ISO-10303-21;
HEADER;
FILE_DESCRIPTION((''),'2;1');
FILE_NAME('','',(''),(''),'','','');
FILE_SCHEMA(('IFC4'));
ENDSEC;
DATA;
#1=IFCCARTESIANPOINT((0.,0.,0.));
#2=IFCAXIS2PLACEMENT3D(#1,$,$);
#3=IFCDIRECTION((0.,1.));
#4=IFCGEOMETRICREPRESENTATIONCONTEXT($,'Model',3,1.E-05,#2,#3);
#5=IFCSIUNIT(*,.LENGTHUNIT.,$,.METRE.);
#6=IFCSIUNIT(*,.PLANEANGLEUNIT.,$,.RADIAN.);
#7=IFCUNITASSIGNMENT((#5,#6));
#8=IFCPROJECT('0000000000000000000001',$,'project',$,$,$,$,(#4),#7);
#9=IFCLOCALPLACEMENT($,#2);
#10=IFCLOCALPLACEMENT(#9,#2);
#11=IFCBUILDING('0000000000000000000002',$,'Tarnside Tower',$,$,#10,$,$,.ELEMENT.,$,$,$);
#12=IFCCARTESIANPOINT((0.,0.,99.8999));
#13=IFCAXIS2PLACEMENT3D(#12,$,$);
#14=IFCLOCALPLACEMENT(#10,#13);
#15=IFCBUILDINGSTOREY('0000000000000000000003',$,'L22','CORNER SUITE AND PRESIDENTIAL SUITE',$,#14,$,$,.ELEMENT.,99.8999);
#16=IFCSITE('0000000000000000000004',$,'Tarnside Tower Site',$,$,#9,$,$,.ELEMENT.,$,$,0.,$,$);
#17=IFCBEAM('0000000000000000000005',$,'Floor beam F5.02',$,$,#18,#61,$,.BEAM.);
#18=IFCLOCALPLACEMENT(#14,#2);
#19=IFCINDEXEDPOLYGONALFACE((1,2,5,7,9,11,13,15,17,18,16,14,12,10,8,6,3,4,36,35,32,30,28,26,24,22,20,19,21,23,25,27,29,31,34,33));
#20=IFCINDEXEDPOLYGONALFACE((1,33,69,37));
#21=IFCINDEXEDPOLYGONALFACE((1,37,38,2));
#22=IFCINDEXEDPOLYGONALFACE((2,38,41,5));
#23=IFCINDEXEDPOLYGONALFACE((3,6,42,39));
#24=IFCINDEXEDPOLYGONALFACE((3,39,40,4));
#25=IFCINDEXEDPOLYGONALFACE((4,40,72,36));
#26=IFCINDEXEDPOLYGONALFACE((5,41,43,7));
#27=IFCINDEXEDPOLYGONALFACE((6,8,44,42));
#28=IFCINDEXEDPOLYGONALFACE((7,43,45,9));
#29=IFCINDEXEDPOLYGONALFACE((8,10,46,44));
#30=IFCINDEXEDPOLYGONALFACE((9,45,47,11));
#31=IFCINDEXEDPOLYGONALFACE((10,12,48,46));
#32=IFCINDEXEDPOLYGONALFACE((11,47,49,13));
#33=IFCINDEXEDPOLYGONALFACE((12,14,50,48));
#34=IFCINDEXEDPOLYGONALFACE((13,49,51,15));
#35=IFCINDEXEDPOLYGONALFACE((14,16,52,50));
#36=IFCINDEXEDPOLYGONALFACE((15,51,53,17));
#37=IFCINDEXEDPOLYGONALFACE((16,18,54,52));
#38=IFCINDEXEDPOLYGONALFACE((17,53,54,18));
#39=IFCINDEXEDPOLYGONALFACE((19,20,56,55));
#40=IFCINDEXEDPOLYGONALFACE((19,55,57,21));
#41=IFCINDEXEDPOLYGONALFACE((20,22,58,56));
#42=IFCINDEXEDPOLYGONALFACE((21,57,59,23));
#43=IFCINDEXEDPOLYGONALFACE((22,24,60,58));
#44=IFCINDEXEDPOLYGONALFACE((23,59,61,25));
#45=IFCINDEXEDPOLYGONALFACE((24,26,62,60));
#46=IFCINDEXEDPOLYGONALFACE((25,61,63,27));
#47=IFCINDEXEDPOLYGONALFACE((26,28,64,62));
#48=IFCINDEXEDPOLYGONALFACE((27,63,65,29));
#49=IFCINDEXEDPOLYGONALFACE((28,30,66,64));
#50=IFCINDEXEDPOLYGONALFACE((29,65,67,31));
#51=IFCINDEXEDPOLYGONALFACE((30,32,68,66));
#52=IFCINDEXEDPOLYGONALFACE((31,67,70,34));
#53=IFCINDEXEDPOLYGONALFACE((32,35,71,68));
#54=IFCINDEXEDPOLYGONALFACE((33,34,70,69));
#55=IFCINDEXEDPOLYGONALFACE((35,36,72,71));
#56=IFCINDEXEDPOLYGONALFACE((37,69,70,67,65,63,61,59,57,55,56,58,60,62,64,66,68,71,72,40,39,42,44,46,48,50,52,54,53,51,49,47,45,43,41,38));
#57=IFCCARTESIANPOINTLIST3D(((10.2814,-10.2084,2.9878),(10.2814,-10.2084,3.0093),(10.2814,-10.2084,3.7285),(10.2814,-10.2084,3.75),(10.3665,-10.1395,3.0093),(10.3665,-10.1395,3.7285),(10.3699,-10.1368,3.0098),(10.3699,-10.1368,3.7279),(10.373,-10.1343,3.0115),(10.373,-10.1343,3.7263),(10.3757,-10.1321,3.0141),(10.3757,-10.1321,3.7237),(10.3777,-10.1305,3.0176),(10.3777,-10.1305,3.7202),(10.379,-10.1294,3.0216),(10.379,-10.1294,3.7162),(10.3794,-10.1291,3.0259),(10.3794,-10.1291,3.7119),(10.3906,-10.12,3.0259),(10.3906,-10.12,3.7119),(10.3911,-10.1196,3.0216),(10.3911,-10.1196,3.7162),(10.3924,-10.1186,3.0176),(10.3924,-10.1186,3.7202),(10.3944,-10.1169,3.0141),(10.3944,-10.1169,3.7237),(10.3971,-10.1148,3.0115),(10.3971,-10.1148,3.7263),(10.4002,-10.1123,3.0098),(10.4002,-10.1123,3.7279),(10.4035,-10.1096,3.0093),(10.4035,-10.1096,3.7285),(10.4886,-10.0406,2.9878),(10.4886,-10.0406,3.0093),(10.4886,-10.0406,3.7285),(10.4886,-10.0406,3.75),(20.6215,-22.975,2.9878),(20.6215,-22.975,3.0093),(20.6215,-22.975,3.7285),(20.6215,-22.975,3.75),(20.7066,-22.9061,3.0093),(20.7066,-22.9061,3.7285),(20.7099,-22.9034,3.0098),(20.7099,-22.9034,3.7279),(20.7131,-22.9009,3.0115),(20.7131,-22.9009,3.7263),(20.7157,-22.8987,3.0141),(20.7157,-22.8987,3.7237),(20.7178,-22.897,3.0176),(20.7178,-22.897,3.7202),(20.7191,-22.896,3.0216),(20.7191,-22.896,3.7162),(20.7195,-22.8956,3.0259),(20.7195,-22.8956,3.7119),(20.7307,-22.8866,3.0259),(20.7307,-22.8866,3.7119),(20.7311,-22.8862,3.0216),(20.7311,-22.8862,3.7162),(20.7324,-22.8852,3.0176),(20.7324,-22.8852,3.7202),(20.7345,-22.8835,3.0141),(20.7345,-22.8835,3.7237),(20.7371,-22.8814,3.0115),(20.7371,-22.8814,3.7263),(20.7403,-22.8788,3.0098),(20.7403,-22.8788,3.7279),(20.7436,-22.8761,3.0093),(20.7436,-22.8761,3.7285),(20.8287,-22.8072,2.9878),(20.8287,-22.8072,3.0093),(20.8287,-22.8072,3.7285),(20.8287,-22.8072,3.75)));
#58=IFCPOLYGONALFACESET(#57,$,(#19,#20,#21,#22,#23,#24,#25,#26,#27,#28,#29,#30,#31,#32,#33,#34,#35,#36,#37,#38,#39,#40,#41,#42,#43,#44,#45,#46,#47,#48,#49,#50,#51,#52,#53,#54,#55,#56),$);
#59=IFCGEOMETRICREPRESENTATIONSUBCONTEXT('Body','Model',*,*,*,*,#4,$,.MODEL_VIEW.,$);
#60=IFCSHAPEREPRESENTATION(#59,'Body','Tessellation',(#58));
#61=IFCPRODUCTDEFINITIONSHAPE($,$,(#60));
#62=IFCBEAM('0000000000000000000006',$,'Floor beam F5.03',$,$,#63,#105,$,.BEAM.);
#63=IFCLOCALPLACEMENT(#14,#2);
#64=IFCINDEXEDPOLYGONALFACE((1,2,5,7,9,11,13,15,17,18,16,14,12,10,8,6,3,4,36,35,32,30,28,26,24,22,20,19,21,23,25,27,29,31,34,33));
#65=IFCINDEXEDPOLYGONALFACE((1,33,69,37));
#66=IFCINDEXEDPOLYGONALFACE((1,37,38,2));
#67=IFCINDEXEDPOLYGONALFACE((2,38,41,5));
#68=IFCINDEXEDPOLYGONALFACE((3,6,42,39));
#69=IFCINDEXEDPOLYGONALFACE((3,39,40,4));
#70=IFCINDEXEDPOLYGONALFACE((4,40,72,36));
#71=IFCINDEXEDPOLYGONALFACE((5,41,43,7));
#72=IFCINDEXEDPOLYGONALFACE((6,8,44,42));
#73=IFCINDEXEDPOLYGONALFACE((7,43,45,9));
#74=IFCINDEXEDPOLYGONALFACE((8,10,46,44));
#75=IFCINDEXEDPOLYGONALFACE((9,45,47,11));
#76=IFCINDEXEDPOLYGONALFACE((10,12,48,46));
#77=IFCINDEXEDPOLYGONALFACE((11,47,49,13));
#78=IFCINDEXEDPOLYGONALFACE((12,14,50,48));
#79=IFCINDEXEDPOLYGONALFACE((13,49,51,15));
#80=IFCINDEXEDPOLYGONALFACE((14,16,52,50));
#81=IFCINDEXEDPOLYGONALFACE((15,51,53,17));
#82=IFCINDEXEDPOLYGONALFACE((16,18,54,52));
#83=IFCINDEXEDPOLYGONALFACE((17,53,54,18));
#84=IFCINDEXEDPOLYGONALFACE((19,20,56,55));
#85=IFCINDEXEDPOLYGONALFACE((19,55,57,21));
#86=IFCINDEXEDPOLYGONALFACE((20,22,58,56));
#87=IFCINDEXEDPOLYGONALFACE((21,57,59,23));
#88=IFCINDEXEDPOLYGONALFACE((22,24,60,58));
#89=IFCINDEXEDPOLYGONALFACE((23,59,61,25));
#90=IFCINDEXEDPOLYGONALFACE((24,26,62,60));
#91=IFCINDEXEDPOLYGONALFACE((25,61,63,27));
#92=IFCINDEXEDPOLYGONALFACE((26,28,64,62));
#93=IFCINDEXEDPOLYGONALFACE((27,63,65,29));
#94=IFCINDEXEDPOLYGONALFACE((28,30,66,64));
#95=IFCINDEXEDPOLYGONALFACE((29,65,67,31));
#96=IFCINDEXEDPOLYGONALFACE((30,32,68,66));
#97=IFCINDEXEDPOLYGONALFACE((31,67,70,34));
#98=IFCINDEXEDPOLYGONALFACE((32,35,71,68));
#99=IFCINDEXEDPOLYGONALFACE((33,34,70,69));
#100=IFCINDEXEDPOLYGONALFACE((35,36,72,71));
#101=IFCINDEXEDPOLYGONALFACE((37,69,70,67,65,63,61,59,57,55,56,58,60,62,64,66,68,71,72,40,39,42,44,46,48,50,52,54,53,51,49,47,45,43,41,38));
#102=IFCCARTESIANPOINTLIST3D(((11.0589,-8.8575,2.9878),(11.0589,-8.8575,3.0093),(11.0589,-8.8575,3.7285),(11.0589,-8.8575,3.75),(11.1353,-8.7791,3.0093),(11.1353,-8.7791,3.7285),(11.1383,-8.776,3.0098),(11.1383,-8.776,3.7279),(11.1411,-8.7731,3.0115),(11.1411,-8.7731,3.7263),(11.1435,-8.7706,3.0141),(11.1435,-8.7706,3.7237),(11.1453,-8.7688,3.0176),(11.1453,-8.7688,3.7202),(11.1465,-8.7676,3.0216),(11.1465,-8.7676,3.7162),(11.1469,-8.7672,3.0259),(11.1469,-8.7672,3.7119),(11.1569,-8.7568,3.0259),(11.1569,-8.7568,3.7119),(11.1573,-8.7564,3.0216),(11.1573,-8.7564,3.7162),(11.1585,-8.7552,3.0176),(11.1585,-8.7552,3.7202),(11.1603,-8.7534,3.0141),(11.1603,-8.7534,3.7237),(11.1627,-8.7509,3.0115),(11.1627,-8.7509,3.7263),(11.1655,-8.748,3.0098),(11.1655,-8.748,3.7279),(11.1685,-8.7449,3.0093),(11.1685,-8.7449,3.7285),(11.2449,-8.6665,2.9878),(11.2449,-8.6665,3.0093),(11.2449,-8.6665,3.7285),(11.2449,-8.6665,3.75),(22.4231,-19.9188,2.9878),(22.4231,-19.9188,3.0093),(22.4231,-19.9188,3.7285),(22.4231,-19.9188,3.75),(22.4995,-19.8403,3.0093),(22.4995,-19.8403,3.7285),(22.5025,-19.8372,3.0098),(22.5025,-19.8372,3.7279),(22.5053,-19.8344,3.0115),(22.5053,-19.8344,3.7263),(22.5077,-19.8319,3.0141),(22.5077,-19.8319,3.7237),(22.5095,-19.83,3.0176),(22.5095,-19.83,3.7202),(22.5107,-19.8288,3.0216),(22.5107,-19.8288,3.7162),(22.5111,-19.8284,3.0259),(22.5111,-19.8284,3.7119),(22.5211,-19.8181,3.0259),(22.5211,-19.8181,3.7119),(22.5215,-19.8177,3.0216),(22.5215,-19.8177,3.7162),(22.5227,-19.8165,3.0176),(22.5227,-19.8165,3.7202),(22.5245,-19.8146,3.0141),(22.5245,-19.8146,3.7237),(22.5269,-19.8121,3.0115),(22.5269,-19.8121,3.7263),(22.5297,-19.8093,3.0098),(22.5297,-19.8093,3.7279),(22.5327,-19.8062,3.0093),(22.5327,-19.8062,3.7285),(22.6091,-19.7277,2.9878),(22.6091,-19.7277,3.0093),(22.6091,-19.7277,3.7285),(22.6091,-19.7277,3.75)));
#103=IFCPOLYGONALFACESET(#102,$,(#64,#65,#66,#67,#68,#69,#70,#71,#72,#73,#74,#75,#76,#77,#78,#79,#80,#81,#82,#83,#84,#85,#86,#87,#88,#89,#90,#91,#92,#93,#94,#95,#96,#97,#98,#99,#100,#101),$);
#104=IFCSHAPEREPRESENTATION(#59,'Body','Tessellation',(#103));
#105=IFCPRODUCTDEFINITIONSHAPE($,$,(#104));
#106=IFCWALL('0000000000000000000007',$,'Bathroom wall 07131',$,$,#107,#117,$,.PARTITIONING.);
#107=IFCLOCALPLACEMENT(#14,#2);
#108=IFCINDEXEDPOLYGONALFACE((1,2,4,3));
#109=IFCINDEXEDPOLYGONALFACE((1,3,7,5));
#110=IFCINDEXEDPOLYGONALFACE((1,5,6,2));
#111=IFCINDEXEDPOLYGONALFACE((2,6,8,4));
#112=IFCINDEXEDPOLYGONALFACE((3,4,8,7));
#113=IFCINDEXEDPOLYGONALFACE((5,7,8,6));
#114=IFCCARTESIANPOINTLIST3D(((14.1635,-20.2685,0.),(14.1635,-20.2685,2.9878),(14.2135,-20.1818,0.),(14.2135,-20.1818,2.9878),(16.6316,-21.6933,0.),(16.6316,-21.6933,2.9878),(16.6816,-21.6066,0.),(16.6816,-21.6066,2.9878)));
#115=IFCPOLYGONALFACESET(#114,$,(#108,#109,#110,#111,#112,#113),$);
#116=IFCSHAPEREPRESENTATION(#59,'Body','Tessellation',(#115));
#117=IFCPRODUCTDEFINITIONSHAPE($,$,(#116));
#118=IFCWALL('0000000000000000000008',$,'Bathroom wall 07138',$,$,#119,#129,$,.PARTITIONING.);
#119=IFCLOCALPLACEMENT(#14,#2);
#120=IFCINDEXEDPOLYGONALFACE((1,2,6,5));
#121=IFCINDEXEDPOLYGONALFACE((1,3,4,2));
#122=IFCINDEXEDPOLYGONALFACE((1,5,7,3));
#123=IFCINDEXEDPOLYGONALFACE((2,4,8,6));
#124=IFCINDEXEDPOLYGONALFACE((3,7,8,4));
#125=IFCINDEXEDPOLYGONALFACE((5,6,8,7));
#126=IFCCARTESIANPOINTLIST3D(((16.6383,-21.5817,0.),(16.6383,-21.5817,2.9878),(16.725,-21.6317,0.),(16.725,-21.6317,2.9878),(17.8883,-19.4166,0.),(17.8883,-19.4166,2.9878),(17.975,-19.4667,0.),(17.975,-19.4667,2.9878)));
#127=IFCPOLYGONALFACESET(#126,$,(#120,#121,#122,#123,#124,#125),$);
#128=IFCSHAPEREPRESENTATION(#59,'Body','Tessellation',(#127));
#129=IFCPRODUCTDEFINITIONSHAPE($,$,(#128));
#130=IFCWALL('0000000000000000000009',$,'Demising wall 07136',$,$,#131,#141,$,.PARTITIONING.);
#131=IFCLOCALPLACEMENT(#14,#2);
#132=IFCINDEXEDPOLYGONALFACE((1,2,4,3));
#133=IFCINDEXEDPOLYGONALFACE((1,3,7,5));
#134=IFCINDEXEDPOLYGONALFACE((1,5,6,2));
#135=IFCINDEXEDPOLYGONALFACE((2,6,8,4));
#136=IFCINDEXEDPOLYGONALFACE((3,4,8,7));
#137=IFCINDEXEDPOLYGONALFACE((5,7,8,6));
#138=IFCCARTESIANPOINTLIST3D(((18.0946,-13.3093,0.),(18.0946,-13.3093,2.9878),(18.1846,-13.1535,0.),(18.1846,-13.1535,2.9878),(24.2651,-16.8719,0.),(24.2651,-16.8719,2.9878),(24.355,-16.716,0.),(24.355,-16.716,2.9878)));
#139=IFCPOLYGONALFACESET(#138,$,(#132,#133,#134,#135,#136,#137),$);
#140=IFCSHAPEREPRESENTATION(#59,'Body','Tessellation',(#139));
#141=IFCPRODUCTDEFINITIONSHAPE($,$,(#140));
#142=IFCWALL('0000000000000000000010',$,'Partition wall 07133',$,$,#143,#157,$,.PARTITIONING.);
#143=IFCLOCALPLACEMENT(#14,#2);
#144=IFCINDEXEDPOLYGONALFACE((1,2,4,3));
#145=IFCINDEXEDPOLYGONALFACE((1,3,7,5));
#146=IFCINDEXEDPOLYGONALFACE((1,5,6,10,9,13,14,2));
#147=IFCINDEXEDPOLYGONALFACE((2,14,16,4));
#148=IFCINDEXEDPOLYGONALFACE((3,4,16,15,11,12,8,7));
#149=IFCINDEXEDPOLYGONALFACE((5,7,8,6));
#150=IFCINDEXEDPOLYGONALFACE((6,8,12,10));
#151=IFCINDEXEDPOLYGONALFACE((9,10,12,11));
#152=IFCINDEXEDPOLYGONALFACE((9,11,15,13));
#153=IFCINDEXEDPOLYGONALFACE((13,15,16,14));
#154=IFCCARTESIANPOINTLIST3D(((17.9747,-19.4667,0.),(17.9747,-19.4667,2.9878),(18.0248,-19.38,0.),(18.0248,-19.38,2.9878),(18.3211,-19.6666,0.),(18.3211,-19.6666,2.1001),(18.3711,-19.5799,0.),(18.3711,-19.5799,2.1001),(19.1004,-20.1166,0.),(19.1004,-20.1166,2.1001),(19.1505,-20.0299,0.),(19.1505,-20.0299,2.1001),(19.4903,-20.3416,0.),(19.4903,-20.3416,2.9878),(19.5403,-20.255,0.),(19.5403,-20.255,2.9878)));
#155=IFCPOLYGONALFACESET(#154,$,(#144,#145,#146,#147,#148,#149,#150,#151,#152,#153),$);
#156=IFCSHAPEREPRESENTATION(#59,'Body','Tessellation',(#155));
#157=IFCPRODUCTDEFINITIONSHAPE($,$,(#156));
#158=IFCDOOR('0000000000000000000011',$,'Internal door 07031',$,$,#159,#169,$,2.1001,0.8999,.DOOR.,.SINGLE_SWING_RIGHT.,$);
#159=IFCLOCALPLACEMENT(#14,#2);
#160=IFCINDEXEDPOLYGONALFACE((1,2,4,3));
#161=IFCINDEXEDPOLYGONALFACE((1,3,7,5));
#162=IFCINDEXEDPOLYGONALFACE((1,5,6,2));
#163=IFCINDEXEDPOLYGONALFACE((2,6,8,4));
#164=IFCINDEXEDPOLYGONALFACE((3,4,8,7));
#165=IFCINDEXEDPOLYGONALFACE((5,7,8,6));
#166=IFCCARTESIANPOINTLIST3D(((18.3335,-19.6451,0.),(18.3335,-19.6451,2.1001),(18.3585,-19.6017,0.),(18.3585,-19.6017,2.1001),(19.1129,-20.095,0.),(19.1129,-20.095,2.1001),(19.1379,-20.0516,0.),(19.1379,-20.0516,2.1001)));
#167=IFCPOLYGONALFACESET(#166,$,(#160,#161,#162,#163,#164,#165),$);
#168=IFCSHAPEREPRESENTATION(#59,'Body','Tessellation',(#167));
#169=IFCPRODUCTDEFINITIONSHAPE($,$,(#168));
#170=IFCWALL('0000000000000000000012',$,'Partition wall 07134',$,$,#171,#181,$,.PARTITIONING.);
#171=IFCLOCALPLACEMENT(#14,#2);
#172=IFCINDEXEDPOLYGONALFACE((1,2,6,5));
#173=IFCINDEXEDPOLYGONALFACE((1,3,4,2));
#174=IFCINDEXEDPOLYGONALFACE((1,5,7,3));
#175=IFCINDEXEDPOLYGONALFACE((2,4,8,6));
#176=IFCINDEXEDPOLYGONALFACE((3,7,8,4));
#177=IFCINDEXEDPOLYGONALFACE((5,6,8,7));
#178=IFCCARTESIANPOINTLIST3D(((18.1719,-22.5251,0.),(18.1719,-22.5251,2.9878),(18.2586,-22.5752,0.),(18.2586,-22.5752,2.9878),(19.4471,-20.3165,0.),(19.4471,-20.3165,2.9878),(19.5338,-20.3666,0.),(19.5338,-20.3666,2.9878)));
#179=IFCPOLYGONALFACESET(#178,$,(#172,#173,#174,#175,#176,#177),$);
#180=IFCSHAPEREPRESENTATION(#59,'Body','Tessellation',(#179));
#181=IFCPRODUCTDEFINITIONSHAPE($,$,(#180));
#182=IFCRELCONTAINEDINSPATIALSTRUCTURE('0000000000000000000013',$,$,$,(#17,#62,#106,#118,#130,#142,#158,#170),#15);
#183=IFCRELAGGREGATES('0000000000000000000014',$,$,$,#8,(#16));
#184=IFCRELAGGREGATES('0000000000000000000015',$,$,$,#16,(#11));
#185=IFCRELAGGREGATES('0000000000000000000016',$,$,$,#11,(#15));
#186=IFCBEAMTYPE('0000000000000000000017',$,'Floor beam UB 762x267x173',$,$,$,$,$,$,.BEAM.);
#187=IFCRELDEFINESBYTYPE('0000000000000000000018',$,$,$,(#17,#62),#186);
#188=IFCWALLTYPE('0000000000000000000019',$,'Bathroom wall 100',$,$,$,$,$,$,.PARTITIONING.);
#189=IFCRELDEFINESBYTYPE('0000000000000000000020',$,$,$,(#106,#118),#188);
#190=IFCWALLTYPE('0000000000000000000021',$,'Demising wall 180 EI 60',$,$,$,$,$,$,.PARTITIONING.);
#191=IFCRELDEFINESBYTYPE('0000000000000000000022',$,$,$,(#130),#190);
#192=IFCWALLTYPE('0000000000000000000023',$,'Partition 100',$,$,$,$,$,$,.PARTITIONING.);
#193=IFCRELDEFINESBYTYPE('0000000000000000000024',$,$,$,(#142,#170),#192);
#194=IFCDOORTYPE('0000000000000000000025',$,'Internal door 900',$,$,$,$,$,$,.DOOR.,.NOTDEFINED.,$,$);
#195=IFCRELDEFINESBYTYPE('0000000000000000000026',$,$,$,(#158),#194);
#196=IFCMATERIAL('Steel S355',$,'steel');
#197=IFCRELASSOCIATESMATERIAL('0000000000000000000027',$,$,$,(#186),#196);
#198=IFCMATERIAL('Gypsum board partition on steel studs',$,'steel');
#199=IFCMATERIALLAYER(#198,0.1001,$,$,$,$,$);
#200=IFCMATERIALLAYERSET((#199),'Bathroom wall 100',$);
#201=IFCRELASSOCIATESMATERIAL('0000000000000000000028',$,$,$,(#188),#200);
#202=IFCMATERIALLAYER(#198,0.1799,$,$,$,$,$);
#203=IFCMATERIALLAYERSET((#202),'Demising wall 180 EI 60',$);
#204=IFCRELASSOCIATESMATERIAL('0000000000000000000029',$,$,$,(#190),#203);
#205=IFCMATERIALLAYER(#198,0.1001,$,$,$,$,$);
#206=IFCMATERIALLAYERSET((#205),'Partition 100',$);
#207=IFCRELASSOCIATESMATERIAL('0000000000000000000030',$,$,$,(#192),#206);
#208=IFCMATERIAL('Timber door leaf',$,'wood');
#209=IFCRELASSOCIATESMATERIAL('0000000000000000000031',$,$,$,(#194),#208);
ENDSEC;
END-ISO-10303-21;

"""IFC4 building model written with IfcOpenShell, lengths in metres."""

from ifc_helpers import new_model, si_unit, direction, frame, frame_2d, origin, origin_2d, place, context, subcontext, project, spatial, rectangle, i_section, extrude, material, layer, layer_set, material_profile, profile_set, type_object, element, fill, save


model = new_model("IFC4")

# Units and contexts
model_context = context("Model", 3, precision=1e-05, world=origin(), true_north=direction((0.0, 1.0)))
body_context = subcontext(model_context, "Body", "Model", "MODEL_VIEW")
ifc_project = project(units=[si_unit("LENGTHUNIT", "METRE"), si_unit("PLANEANGLEUNIT", "RADIAN")], contexts=[model_context])

# Site, building, storey
site_placement = place(None, origin())
site = spatial("IfcSite", under=ifc_project, at=site_placement, Name="Tarnside Tower Site", CompositionType="ELEMENT", RefElevation=0.0)
building_placement = place(site_placement, origin())
building = spatial("IfcBuilding", under=site, at=building_placement, Name="Tarnside Tower", CompositionType="ELEMENT")
storey_placement = place(building_placement, frame((0.0, 0.0, 99.8999)))
storey = spatial("IfcBuildingStorey", under=building, at=storey_placement, Name="L22", Description="CORNER SUITE AND PRESIDENTIAL SUITE", CompositionType="ELEMENT", Elevation=99.8999)

# Beams
ifc_material_1 = material(Name="Steel S355", Category="steel")
ifc_material_profile = material_profile(ifc_material_1, i_section(OverallWidth=0.2666, OverallDepth=0.7622, WebThickness=0.0144, FlangeThickness=0.0215, FilletRadius=0.0166, at=origin_2d()), Name="UB 762x267x173")
ifc_profile_set = profile_set([ifc_material_profile], Name="Steel S355")
beam_type = type_object("IfcBeamType", Name="Floor beam UB 762x267x173", PredefinedType="BEAM", material=ifc_profile_set)
beam_1_placement = place(storey_placement, frame((20.7251, -22.8911, 3.3689), z_axis=(-0.62939, 0.777089, 0.0), x_axis=(-0.777089, -0.62939, 0.0)))
element("IfcBeam", 1, at=beam_1_placement, inside=storey, type_object=beam_type, Name="Floor beam F5.02", PredefinedType="BEAM", context=body_context, shape_type="SweptSolid", body=[
    extrude(i_section(OverallWidth=0.2666, OverallDepth=0.7622, WebThickness=0.0144, FlangeThickness=0.0215, FilletRadius=0.0166, at=origin_2d()), origin(), (0.0, 0.0, 1.0), 16.4287),
])
beam_2_placement = place(storey_placement, frame((22.5161, -19.8232, 3.3689), z_axis=(-0.716595, 0.69749, 0.0), x_axis=(-0.69749, -0.716595, 0.0)))
element("IfcBeam", 2, at=beam_2_placement, inside=storey, type_object=beam_type, Name="Floor beam F5.03", PredefinedType="BEAM", context=body_context, shape_type="SweptSolid", body=[
    extrude(i_section(OverallWidth=0.2666, OverallDepth=0.7622, WebThickness=0.0144, FlangeThickness=0.0215, FilletRadius=0.0166, at=origin_2d()), origin(), (0.0, 0.0, 1.0), 15.8586),
])

# Walls
ifc_material_2 = material(Name="Gypsum board partition on steel studs", Category="steel")
ifc_layer_1 = layer(ifc_material_2, 0.1001)
ifc_layer_set_1 = layer_set([ifc_layer_1], Name="Bathroom wall 100")
wall_type_1 = type_object("IfcWallType", Name="Bathroom wall 100", PredefinedType="PARTITIONING", material=ifc_layer_set_1)
wall_1_placement = place(storey_placement, frame((16.6565, -21.6499, 0.0), z_axis=(0.0, 0.0, 1.0), x_axis=(-0.866041, 0.499972, 0.0)))
element("IfcWall", 3, at=wall_1_placement, inside=storey, type_object=wall_type_1, Name="Bathroom wall 07131", PredefinedType="PARTITIONING", context=body_context, shape_type="SweptSolid", body=[
    extrude(rectangle(XDim=2.8499, YDim=0.1001, at=frame_2d((1.4248, 0.0))), origin(), (0.0, 0.0, 1.0), 2.9878),
])
wall_2_placement = place(storey_placement, frame((16.6816, -21.6067, 0.0), z_axis=(0.0, 0.0, 1.0), x_axis=(0.500004, 0.866023, 0.0)))
element("IfcWall", 4, at=wall_2_placement, inside=storey, type_object=wall_type_1, Name="Bathroom wall 07138", PredefinedType="PARTITIONING", context=body_context, shape_type="SweptSolid", body=[
    extrude(rectangle(XDim=2.5, YDim=0.1001, at=frame_2d((1.25, 0.0))), origin(), (0.0, 0.0, 1.0), 2.9878),
])
ifc_layer_2 = layer(ifc_material_2, 0.1799)
ifc_layer_set_2 = layer_set([ifc_layer_2], Name="Demising wall 180 EI 60")
wall_type_2 = type_object("IfcWallType", Name="Demising wall 180 EI 60", PredefinedType="PARTITIONING", material=ifc_layer_set_2)
wall_3_placement = place(storey_placement, frame((24.3101, -16.7939, 0.0), z_axis=(0.0, 0.0, 1.0), x_axis=(-0.866025, 0.500001, 0.0)))
element("IfcWall", 5, at=wall_3_placement, inside=storey, type_object=wall_type_2, Name="Demising wall 07136", PredefinedType="PARTITIONING", context=body_context, shape_type="SweptSolid", body=[
    extrude(rectangle(XDim=7.125, YDim=0.1799, at=frame_2d((3.5625, 0.0))), origin(), (0.0, 0.0, 1.0), 2.9878),
])

# Wall, opening, door
ifc_layer_3 = layer(ifc_material_2, 0.1001)
ifc_layer_set_3 = layer_set([ifc_layer_3], Name="Partition 100")
wall_type_3 = type_object("IfcWallType", Name="Partition 100", PredefinedType="PARTITIONING", material=ifc_layer_set_3)
wall_4_placement = place(storey_placement, frame((17.9998, -19.4233, 0.0), z_axis=(0.0, 0.0, 1.0), x_axis=(0.866037, -0.49998, 0.0)))
wall_4 = element("IfcWall", 6, at=wall_4_placement, inside=storey, type_object=wall_type_3, Name="Partition wall 07133", PredefinedType="PARTITIONING", context=body_context, shape_type="SweptSolid", body=[
    extrude(rectangle(XDim=1.75, YDim=0.1001, at=frame_2d((0.875, 0.0))), origin(), (0.0, 0.0, 1.0), 2.9878),
])
opening_placement = place(wall_4_placement, frame((0.3999, 0.0, 0.0)))
opening = element("IfcOpeningElement", 7, at=opening_placement, cuts=wall_4, PredefinedType="OPENING", context=body_context, shape_type="SweptSolid", body=[
    extrude(rectangle(XDim=0.8999, YDim=2.1001, at=frame_2d((0.45, 1.05))), frame((0.0, 0.0601, 0.0), z_axis=(0.0, -1.0, 0.0), x_axis=(1.0, 0.0, 0.0)), (0.0, 0.0, 1.0), 0.1201),
])
ifc_material_3 = material(Name="Timber door leaf", Category="wood")
door_type = type_object("IfcDoorType", Name="Internal door 900", OperationType="NOTDEFINED", PredefinedType="DOOR", material=ifc_material_3)
door_placement = place(opening_placement, origin())
door = element("IfcDoor", 8, at=door_placement, inside=storey, type_object=door_type, Name="Internal door 07031", OperationType="SINGLE_SWING_RIGHT", OverallHeight=2.1001, OverallWidth=0.8999, PredefinedType="DOOR", context=body_context, shape_type="SweptSolid", body=[
    extrude(rectangle(XDim=0.8999, YDim=2.1001, at=frame_2d((0.45, 1.05))), frame((0.0, 0.0249, 0.0), z_axis=(0.0, -1.0, 0.0), x_axis=(1.0, 0.0, 0.0)), (0.0, 0.0, 1.0), 0.05),
])
fill(opening, door)

# Wall
wall_5_placement = place(storey_placement, frame((19.4905, -20.3416, 0.0), z_axis=(0.0, 0.0, 1.0), x_axis=(-0.500021, -0.866013, 0.0)))
element("IfcWall", 9, at=wall_5_placement, inside=storey, type_object=wall_type_3, Name="Partition wall 07134", PredefinedType="PARTITIONING", context=body_context, shape_type="SweptSolid", body=[
    extrude(rectangle(XDim=2.5503, YDim=0.1001, at=frame_2d((1.2751, 0.0))), origin(), (0.0, 0.0, 1.0), 2.9878),
])

save(model, "model.ifc")
